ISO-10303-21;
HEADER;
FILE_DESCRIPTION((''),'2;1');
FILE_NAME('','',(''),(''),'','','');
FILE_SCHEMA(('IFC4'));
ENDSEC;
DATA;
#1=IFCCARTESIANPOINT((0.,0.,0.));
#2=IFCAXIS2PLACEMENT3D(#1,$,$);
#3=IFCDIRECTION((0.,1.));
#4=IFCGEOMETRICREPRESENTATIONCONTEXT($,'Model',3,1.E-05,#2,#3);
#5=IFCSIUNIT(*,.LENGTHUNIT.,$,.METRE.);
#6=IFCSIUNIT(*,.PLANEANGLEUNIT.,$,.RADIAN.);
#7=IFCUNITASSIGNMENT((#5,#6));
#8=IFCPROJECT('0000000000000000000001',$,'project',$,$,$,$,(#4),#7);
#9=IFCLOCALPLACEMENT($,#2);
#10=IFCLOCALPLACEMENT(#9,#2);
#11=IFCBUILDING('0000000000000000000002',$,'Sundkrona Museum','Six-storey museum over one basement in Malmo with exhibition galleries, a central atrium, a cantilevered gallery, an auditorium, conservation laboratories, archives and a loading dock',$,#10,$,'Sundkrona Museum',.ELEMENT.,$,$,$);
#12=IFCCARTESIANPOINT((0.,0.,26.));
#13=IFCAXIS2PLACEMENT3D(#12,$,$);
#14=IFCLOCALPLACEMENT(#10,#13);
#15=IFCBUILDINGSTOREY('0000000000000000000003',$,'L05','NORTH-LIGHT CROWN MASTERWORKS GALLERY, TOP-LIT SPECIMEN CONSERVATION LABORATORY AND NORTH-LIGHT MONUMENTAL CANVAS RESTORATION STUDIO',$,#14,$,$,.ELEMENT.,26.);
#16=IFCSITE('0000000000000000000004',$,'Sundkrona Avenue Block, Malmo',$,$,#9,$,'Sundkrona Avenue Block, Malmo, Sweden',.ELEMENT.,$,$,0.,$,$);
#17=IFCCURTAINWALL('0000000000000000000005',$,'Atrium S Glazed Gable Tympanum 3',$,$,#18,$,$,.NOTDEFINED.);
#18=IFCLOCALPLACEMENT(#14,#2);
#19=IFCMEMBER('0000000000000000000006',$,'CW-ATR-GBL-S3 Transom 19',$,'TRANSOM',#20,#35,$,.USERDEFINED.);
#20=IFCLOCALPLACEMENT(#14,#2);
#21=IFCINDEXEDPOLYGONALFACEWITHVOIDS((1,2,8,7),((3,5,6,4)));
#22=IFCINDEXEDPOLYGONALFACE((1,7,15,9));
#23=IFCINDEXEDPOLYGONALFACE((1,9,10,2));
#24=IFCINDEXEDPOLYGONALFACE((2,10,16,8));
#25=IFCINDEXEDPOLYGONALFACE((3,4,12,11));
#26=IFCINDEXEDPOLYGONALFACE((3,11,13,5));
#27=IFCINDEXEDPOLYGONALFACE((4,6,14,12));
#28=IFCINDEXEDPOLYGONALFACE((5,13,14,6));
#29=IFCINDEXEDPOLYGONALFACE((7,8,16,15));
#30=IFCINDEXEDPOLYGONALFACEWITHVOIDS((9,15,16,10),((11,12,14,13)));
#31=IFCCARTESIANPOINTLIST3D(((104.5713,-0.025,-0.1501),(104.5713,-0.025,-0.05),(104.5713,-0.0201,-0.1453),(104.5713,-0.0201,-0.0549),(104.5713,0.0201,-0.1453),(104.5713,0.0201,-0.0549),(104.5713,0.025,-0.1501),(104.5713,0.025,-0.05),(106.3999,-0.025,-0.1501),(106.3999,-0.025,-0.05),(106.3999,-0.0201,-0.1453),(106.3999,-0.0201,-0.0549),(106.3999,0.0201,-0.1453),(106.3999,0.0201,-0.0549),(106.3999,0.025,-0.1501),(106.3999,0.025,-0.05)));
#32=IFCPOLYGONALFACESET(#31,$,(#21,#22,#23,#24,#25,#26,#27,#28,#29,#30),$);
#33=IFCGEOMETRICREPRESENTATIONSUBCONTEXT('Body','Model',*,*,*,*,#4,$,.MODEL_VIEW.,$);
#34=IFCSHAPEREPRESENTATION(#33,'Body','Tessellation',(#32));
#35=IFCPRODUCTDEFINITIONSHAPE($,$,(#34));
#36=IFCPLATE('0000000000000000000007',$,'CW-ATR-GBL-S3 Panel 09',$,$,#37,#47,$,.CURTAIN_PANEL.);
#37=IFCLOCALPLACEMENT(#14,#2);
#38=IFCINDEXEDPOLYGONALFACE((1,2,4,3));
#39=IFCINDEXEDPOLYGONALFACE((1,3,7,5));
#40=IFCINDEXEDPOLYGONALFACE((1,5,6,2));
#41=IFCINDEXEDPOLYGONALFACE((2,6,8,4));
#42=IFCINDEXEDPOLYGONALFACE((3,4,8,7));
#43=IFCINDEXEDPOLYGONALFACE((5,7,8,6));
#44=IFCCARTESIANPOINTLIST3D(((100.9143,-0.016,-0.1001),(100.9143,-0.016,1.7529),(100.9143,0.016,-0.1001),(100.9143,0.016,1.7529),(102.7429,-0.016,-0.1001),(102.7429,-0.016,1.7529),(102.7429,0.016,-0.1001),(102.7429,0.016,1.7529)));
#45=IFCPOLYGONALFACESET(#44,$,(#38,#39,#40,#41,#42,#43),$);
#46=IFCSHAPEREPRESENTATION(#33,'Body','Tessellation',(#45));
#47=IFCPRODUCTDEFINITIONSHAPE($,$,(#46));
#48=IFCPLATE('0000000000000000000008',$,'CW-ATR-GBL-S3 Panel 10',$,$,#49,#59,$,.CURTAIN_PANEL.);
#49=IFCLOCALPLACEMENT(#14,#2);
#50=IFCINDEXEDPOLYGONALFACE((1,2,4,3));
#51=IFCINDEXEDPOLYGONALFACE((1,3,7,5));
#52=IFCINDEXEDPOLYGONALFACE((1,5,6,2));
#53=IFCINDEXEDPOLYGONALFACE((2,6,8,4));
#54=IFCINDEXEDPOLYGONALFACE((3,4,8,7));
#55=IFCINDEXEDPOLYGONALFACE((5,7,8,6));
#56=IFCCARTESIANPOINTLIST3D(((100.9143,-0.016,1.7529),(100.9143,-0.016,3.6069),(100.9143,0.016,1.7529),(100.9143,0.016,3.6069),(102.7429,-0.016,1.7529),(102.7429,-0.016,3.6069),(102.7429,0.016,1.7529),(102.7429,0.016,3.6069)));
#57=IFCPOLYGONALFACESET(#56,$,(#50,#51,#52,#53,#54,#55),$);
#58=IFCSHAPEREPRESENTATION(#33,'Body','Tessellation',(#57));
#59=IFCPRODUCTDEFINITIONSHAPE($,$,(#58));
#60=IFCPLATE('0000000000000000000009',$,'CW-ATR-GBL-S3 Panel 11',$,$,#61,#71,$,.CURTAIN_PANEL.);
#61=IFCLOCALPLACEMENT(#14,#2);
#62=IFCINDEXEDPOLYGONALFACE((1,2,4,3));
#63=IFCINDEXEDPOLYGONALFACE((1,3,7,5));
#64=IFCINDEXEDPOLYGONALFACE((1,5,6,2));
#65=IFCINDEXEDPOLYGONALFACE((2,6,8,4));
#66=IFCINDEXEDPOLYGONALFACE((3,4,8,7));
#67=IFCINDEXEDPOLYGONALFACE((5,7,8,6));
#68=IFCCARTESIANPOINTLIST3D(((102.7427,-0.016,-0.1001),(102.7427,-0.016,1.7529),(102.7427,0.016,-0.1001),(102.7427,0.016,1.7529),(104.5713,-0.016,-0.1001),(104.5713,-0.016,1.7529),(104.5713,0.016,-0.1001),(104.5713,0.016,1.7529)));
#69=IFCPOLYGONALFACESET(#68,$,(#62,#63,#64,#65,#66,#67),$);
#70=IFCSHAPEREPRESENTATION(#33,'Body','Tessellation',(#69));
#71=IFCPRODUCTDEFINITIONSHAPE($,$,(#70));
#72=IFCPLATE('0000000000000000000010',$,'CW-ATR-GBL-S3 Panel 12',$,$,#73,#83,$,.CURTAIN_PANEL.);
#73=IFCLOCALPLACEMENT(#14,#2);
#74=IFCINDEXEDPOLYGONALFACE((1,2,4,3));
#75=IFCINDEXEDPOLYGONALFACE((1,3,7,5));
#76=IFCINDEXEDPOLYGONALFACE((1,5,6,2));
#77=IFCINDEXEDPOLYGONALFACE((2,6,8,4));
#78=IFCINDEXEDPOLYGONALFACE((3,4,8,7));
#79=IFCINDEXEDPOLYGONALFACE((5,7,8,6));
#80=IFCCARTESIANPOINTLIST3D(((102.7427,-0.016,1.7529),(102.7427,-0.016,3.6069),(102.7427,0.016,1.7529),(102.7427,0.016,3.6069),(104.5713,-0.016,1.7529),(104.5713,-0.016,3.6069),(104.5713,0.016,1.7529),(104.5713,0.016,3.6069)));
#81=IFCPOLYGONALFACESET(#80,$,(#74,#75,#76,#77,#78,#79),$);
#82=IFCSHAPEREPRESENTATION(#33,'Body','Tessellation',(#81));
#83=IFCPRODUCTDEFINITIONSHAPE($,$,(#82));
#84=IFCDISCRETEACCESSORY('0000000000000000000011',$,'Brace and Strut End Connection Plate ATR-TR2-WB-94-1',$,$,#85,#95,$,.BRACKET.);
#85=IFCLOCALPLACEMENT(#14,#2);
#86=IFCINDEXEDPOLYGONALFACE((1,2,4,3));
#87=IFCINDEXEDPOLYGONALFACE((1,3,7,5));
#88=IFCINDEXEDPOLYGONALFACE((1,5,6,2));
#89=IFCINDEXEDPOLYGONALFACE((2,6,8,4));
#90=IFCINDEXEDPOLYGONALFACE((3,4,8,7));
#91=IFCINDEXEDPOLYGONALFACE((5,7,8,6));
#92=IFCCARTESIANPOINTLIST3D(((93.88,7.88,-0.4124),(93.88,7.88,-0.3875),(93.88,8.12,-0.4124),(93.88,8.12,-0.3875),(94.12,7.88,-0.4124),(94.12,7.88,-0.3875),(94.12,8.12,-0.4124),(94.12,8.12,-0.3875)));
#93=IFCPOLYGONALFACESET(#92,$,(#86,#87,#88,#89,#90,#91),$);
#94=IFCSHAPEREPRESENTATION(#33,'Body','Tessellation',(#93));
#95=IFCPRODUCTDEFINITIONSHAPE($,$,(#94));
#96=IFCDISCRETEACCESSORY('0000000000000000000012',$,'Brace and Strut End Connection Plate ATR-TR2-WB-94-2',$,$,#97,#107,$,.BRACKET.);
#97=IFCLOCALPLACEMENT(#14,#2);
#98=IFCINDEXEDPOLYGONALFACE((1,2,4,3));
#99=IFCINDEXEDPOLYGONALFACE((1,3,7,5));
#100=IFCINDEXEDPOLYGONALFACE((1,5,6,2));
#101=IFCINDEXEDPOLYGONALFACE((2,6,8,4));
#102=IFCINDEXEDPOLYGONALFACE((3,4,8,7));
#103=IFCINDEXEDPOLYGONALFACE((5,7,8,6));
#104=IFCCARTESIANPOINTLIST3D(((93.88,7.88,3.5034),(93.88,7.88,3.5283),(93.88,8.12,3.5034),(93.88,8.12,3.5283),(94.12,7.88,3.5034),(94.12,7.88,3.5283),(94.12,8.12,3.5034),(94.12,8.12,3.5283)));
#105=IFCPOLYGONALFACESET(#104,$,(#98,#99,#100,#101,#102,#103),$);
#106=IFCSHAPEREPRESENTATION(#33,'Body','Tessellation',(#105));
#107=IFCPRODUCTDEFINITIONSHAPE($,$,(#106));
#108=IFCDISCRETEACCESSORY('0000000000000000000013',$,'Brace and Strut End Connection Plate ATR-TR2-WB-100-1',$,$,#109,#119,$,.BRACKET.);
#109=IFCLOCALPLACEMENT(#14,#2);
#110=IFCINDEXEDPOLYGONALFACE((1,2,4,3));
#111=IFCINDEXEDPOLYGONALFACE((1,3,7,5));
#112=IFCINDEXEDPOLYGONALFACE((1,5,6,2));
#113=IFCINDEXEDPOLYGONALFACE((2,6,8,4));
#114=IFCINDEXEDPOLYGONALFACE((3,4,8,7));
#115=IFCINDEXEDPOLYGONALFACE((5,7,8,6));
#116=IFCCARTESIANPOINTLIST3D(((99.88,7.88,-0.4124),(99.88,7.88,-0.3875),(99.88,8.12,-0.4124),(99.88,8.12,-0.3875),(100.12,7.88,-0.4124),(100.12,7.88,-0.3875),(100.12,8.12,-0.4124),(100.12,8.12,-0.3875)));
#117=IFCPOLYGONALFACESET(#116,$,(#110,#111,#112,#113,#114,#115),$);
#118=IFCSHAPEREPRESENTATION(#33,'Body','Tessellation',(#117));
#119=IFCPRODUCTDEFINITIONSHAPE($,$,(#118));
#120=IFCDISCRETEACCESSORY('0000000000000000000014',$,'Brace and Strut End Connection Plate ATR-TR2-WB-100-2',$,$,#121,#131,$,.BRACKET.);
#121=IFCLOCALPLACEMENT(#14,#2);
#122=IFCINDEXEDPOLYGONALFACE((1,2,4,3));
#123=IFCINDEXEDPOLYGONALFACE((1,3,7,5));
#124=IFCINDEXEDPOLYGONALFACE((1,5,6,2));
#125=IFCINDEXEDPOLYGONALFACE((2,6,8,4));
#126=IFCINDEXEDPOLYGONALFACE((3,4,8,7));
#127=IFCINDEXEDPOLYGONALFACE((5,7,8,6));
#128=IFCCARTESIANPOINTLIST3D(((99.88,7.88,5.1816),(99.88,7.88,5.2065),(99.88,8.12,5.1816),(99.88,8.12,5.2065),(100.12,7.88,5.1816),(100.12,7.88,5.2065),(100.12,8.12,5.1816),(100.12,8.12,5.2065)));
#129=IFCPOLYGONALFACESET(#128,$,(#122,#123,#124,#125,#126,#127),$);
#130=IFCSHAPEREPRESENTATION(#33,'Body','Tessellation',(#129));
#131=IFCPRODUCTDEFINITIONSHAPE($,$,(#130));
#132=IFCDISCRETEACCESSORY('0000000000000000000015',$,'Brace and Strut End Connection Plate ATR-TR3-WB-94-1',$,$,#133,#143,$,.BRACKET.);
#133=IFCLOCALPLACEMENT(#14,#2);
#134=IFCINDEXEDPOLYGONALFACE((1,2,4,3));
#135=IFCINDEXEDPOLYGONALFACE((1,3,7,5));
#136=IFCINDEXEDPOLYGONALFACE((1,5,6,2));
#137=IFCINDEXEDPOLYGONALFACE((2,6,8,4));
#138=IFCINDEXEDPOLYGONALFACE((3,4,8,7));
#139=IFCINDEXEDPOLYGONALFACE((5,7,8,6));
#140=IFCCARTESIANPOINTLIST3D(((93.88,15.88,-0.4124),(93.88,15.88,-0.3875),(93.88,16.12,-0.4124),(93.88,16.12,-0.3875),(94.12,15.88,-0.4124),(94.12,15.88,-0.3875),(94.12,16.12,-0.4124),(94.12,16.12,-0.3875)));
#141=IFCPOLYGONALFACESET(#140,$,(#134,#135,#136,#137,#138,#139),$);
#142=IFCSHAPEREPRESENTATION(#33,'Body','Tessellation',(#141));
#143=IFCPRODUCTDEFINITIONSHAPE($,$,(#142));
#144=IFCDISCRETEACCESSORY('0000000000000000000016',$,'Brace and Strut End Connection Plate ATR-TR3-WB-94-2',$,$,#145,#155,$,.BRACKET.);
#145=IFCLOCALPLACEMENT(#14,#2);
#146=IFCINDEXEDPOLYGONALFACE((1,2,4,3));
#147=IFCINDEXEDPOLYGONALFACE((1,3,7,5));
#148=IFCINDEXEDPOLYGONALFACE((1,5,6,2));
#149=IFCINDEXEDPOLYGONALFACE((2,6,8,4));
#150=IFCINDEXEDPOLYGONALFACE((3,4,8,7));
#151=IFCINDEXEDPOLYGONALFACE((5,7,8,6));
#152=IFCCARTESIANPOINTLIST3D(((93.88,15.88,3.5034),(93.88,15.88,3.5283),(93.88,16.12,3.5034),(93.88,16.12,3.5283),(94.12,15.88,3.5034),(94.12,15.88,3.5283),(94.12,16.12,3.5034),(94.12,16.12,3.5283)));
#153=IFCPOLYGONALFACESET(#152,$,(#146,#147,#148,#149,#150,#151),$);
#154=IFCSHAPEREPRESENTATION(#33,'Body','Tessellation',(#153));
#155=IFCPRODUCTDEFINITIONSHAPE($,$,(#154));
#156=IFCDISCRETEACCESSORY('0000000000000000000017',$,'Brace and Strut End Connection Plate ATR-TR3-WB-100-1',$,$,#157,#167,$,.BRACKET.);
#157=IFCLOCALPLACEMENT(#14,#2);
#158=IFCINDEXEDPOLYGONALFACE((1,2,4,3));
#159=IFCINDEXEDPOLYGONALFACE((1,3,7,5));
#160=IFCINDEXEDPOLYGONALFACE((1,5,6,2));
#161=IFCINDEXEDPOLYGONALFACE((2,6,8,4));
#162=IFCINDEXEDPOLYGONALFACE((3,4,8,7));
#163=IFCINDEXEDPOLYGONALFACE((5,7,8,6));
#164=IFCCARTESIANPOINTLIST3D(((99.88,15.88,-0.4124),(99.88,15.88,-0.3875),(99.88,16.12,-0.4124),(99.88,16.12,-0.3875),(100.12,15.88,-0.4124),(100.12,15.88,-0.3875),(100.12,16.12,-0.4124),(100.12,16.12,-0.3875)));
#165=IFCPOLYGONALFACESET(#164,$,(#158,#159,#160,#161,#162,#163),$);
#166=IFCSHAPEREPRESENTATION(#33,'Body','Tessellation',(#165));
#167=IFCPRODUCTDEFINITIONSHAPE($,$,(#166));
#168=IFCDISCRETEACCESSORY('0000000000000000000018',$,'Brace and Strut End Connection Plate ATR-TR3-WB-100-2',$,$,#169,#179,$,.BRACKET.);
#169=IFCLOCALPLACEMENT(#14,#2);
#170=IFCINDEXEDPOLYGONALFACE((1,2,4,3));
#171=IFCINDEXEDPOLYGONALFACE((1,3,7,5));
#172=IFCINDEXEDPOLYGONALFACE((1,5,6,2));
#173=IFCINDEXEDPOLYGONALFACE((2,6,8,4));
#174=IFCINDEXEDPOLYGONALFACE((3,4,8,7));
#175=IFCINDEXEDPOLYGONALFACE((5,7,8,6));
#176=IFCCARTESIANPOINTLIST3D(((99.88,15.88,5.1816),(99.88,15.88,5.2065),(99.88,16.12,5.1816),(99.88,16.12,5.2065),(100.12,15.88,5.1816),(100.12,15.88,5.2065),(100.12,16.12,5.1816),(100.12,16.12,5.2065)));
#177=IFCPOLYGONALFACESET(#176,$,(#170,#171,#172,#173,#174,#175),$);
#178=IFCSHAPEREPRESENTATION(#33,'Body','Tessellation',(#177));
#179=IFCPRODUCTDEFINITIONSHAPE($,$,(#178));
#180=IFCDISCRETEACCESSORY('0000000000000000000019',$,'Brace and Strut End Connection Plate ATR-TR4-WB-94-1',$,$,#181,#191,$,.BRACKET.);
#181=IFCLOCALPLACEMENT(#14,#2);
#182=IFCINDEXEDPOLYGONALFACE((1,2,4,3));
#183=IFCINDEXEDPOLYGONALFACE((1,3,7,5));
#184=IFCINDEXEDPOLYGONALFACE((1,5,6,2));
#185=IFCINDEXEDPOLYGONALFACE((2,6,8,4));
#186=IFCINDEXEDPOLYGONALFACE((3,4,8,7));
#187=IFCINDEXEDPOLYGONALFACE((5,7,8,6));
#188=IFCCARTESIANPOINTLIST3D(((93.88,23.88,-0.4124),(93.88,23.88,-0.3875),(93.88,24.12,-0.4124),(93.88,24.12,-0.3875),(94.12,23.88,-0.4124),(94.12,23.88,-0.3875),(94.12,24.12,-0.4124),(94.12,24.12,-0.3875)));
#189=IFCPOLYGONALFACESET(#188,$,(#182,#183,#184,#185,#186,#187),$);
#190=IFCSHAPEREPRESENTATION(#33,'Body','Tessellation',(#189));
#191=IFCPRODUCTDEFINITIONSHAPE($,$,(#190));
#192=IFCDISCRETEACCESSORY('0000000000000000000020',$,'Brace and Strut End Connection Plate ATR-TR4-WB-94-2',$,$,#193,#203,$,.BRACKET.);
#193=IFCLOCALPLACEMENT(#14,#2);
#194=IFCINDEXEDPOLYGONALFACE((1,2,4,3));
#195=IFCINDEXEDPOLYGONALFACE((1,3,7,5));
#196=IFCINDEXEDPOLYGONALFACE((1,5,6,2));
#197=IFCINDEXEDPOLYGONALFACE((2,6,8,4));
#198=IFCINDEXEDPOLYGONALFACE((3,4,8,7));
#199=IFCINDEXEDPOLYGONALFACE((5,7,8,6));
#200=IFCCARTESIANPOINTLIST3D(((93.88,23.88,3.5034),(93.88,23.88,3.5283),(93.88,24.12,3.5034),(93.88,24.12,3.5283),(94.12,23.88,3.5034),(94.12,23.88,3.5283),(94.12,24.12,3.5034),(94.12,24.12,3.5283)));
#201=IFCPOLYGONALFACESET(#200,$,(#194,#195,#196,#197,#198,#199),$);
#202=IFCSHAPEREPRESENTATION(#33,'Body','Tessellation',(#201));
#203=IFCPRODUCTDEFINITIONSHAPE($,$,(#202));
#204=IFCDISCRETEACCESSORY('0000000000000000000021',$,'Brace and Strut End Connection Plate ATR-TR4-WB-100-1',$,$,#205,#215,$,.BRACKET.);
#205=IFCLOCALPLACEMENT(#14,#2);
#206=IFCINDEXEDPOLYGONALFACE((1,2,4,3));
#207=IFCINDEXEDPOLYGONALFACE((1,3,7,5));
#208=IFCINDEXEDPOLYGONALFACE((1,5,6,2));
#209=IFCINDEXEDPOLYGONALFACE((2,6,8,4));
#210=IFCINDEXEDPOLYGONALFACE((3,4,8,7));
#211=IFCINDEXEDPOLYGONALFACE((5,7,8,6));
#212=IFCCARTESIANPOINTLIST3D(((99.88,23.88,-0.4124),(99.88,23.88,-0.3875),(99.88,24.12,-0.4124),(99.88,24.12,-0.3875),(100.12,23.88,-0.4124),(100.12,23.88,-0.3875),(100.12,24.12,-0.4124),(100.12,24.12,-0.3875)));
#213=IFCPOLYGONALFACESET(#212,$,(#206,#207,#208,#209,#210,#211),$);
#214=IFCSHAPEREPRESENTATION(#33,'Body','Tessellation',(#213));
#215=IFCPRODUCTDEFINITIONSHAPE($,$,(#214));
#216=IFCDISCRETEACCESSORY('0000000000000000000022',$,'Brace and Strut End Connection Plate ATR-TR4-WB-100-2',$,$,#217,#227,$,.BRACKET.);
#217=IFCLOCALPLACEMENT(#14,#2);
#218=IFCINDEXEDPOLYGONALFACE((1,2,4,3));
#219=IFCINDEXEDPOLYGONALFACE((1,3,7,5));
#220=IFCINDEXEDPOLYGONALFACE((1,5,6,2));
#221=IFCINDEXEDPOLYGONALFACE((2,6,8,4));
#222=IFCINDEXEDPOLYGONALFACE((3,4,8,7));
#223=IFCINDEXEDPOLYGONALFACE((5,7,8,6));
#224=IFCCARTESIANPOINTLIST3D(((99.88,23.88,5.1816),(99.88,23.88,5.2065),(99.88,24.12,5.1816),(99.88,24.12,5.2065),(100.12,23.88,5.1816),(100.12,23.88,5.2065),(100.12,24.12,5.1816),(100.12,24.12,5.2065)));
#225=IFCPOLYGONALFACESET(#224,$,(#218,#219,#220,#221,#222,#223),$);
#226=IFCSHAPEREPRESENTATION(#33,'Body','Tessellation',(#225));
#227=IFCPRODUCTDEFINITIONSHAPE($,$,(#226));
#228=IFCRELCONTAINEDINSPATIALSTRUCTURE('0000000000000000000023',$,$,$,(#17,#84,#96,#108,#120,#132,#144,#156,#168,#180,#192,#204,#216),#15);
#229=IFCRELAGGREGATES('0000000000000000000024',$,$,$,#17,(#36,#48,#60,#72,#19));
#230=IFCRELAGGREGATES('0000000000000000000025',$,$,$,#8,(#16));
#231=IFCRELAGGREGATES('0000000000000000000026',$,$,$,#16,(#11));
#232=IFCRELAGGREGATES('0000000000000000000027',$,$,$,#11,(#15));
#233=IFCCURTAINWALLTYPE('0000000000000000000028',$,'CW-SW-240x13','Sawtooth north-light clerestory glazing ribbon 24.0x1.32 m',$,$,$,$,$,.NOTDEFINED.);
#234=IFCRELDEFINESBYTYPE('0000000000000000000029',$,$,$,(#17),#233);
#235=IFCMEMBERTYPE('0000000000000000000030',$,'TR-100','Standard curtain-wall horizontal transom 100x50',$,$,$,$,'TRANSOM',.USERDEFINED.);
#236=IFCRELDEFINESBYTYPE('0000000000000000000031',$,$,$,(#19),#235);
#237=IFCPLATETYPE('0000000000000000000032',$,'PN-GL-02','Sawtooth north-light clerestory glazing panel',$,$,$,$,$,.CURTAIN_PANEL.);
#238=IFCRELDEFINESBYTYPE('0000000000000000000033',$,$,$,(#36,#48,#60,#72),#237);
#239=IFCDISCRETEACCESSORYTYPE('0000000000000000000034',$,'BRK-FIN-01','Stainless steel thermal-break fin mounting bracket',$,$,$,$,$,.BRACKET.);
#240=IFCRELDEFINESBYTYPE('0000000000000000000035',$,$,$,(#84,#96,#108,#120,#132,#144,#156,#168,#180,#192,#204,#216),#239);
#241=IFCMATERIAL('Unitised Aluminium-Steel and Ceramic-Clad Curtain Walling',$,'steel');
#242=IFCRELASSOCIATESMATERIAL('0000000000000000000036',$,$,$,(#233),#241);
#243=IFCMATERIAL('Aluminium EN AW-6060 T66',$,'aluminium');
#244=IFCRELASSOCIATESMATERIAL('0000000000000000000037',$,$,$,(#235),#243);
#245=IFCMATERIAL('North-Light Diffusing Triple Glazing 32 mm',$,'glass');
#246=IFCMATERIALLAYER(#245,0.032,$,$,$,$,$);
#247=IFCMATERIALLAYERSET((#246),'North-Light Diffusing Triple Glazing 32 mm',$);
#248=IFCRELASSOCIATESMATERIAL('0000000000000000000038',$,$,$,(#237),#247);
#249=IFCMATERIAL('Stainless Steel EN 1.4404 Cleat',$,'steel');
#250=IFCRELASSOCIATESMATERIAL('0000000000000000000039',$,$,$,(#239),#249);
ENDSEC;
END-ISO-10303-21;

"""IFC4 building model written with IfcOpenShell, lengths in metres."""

from ifc_helpers import new_model, si_unit, direction, frame, origin, origin_2d, place, context, subcontext, project, spatial, rectangle, hollow_rectangle, extrude, material, layer, layer_set, material_profile, profile_set, type_object, element, aggregate, save


model = new_model("IFC4")

# Units and contexts
model_context = context("Model", 3, precision=1e-05, world=origin(), true_north=direction((0.0, 1.0)))
body_context = subcontext(model_context, "Body", "Model", "MODEL_VIEW")
ifc_project = project(units=[si_unit("LENGTHUNIT", "METRE"), si_unit("PLANEANGLEUNIT", "RADIAN")], contexts=[model_context])

# Site, building, storey
site_placement = place(None, origin())
site = spatial("IfcSite", under=ifc_project, at=site_placement, Name="Sundkrona Avenue Block, Malmo", LongName="Sundkrona Avenue Block, Malmo, Sweden", CompositionType="ELEMENT", RefElevation=0.0)
building_placement = place(site_placement, origin())
building = spatial("IfcBuilding", under=site, at=building_placement, Name="Sundkrona Museum", Description="Six-storey museum over one basement in Malmo with exhibition galleries, a central atrium, a cantilevered gallery, an auditorium, conservation laboratories, archives and a loading dock", LongName="Sundkrona Museum", CompositionType="ELEMENT")
storey_placement = place(building_placement, frame((0.0, 0.0, 26.0)))
storey = spatial("IfcBuildingStorey", under=building, at=storey_placement, Name="L05", Description="NORTH-LIGHT CROWN MASTERWORKS GALLERY, TOP-LIT SPECIMEN CONSERVATION LABORATORY AND NORTH-LIGHT MONUMENTAL CANVAS RESTORATION STUDIO", CompositionType="ELEMENT", Elevation=26.0)

# Curtain wall
ifc_material_1 = material(Name="Unitised Aluminium-Steel and Ceramic-Clad Curtain Walling", Category="steel")
curtain_wall_type = type_object("IfcCurtainWallType", Name="CW-SW-240x13", Description="Sawtooth north-light clerestory glazing ribbon 24.0x1.32 m", PredefinedType="NOTDEFINED", material=ifc_material_1)
curtain_wall_placement = place(storey_placement, origin())
curtain_wall = element("IfcCurtainWall", 1, at=curtain_wall_placement, inside=storey, type_object=curtain_wall_type, Name="Atrium S Glazed Gable Tympanum 3", PredefinedType="NOTDEFINED")
ifc_material_2 = material(Name="Aluminium EN AW-6060 T66", Category="aluminium")

# Member
ifc_material_profile_1 = material_profile(ifc_material_2, hollow_rectangle(XDim=0.05, YDim=0.1001, WallThickness=0.0049, at=origin_2d()), Name="RHS 100x50x5.0")
ifc_profile_set_1 = profile_set([ifc_material_profile_1], Name="Aluminium EN AW-6060 T66")
member_type_1 = type_object("IfcMemberType", Name="TR-100", Description="Standard curtain-wall horizontal transom 100x50", ElementType="TRANSOM", PredefinedType="USERDEFINED", material=ifc_profile_set_1)
member_1_placement = place(storey_placement, frame((104.5713, 0.0, -0.1001), z_axis=(1.0, 0.0, 0.0), x_axis=(0.0, 1.0, 0.0)))
member_1 = element("IfcMember", 2, at=member_1_placement, type_object=member_type_1, Name="CW-ATR-GBL-S3 Transom 19", ObjectType="TRANSOM", PredefinedType="USERDEFINED", context=body_context, shape_type="SweptSolid", body=[
    extrude(hollow_rectangle(XDim=0.05, YDim=0.1001, WallThickness=0.0049, at=origin_2d()), origin(), (0.0, 0.0, 1.0), 1.8286),
])

# Plates
ifc_material_3 = material(Name="North-Light Diffusing Triple Glazing 32 mm", Category="glass")
ifc_layer = layer(ifc_material_3, 0.032)
ifc_layer_set = layer_set([ifc_layer], Name="North-Light Diffusing Triple Glazing 32 mm")
plate_type = type_object("IfcPlateType", Name="PN-GL-02", Description="Sawtooth north-light clerestory glazing panel", PredefinedType="CURTAIN_PANEL", material=ifc_layer_set)
plate_1_placement = place(storey_placement, frame((101.8286, 0.0, -0.1001), z_axis=(0.0, 0.0, 1.0), x_axis=(1.0, 0.0, 0.0)))
plate_1 = element("IfcPlate", 3, at=plate_1_placement, type_object=plate_type, Name="CW-ATR-GBL-S3 Panel 09", PredefinedType="CURTAIN_PANEL", context=body_context, shape_type="SweptSolid", body=[
    extrude(rectangle(XDim=1.8286, YDim=0.032, at=origin_2d()), origin(), (0.0, 0.0, 1.0), 1.853),
])
plate_2_placement = place(storey_placement, frame((101.8286, 0.0, 1.7529), z_axis=(0.0, 0.0, 1.0), x_axis=(1.0, 0.0, 0.0)))
plate_2 = element("IfcPlate", 4, at=plate_2_placement, type_object=plate_type, Name="CW-ATR-GBL-S3 Panel 10", PredefinedType="CURTAIN_PANEL", context=body_context, shape_type="SweptSolid", body=[
    extrude(rectangle(XDim=1.8286, YDim=0.032, at=origin_2d()), origin(), (0.0, 0.0, 1.0), 1.854),
])
plate_3_placement = place(storey_placement, frame((103.657, 0.0, -0.1001), z_axis=(0.0, 0.0, 1.0), x_axis=(1.0, 0.0, 0.0)))
plate_3 = element("IfcPlate", 5, at=plate_3_placement, type_object=plate_type, Name="CW-ATR-GBL-S3 Panel 11", PredefinedType="CURTAIN_PANEL", context=body_context, shape_type="SweptSolid", body=[
    extrude(rectangle(XDim=1.8286, YDim=0.032, at=origin_2d()), origin(), (0.0, 0.0, 1.0), 1.853),
])
plate_4_placement = place(storey_placement, frame((103.657, 0.0, 1.7529), z_axis=(0.0, 0.0, 1.0), x_axis=(1.0, 0.0, 0.0)))
plate_4 = element("IfcPlate", 6, at=plate_4_placement, type_object=plate_type, Name="CW-ATR-GBL-S3 Panel 12", PredefinedType="CURTAIN_PANEL", context=body_context, shape_type="SweptSolid", body=[
    extrude(rectangle(XDim=1.8286, YDim=0.032, at=origin_2d()), origin(), (0.0, 0.0, 1.0), 1.854),
])
aggregate(curtain_wall, [plate_1, plate_2, plate_3, plate_4, member_1])

# Discrete accessories
ifc_material_4 = material(Name="Stainless Steel EN 1.4404 Cleat", Category="steel")
discrete_accessory_type = type_object("IfcDiscreteAccessoryType", Name="BRK-FIN-01", Description="Stainless steel thermal-break fin mounting bracket", PredefinedType="BRACKET", material=ifc_material_4)
for number, where, z_axis, x_axis, name in (
    (7, (94.0, 8.0, -0.4124), (0.0, 0.0, 1.0), (1.0, 0.0, 0.0), "Brace and Strut End Connection Plate ATR-TR2-WB-94-1"),
    (8, (94.0, 8.0, 3.5034), (0.0, 0.0, 1.0), (1.0, 0.0, 0.0), "Brace and Strut End Connection Plate ATR-TR2-WB-94-2"),
    (9, (100.0, 8.0, -0.4124), (0.0, 0.0, 1.0), (1.0, 0.0, 0.0), "Brace and Strut End Connection Plate ATR-TR2-WB-100-1"),
    (10, (100.0, 8.0, 5.1816), (0.0, 0.0, 1.0), (1.0, 0.0, 0.0), "Brace and Strut End Connection Plate ATR-TR2-WB-100-2"),
    (11, (94.0, 16.0, -0.4124), (0.0, 0.0, 1.0), (1.0, 0.0, 0.0), "Brace and Strut End Connection Plate ATR-TR3-WB-94-1"),
    (12, (94.0, 16.0, 3.5034), (0.0, 0.0, 1.0), (1.0, 0.0, 0.0), "Brace and Strut End Connection Plate ATR-TR3-WB-94-2"),
    (13, (100.0, 16.0, -0.4124), (0.0, 0.0, 1.0), (1.0, 0.0, 0.0), "Brace and Strut End Connection Plate ATR-TR3-WB-100-1"),
    (14, (100.0, 16.0, 5.1816), (0.0, 0.0, 1.0), (1.0, 0.0, 0.0), "Brace and Strut End Connection Plate ATR-TR3-WB-100-2"),
    (15, (94.0, 24.0, -0.4124), (0.0, 0.0, 1.0), (1.0, 0.0, 0.0), "Brace and Strut End Connection Plate ATR-TR4-WB-94-1"),
    (16, (94.0, 24.0, 3.5034), (0.0, 0.0, 1.0), (1.0, 0.0, 0.0), "Brace and Strut End Connection Plate ATR-TR4-WB-94-2"),
    (17, (100.0, 24.0, -0.4124), (0.0, 0.0, 1.0), (1.0, 0.0, 0.0), "Brace and Strut End Connection Plate ATR-TR4-WB-100-1"),
    (18, (100.0, 24.0, 5.1816), (0.0, 0.0, 1.0), (1.0, 0.0, 0.0), "Brace and Strut End Connection Plate ATR-TR4-WB-100-2"),
):
    element("IfcDiscreteAccessory", number, at=place(storey_placement, frame(where, z_axis=z_axis, x_axis=x_axis)), inside=storey, type_object=discrete_accessory_type, Name=name, PredefinedType="BRACKET", context=body_context, shape_type="SweptSolid", body=[
        extrude(rectangle(XDim=0.24, YDim=0.24, at=origin_2d()), origin(), (0.0, 0.0, 1.0), 0.0249),
    ])

save(model, "model.ifc")
